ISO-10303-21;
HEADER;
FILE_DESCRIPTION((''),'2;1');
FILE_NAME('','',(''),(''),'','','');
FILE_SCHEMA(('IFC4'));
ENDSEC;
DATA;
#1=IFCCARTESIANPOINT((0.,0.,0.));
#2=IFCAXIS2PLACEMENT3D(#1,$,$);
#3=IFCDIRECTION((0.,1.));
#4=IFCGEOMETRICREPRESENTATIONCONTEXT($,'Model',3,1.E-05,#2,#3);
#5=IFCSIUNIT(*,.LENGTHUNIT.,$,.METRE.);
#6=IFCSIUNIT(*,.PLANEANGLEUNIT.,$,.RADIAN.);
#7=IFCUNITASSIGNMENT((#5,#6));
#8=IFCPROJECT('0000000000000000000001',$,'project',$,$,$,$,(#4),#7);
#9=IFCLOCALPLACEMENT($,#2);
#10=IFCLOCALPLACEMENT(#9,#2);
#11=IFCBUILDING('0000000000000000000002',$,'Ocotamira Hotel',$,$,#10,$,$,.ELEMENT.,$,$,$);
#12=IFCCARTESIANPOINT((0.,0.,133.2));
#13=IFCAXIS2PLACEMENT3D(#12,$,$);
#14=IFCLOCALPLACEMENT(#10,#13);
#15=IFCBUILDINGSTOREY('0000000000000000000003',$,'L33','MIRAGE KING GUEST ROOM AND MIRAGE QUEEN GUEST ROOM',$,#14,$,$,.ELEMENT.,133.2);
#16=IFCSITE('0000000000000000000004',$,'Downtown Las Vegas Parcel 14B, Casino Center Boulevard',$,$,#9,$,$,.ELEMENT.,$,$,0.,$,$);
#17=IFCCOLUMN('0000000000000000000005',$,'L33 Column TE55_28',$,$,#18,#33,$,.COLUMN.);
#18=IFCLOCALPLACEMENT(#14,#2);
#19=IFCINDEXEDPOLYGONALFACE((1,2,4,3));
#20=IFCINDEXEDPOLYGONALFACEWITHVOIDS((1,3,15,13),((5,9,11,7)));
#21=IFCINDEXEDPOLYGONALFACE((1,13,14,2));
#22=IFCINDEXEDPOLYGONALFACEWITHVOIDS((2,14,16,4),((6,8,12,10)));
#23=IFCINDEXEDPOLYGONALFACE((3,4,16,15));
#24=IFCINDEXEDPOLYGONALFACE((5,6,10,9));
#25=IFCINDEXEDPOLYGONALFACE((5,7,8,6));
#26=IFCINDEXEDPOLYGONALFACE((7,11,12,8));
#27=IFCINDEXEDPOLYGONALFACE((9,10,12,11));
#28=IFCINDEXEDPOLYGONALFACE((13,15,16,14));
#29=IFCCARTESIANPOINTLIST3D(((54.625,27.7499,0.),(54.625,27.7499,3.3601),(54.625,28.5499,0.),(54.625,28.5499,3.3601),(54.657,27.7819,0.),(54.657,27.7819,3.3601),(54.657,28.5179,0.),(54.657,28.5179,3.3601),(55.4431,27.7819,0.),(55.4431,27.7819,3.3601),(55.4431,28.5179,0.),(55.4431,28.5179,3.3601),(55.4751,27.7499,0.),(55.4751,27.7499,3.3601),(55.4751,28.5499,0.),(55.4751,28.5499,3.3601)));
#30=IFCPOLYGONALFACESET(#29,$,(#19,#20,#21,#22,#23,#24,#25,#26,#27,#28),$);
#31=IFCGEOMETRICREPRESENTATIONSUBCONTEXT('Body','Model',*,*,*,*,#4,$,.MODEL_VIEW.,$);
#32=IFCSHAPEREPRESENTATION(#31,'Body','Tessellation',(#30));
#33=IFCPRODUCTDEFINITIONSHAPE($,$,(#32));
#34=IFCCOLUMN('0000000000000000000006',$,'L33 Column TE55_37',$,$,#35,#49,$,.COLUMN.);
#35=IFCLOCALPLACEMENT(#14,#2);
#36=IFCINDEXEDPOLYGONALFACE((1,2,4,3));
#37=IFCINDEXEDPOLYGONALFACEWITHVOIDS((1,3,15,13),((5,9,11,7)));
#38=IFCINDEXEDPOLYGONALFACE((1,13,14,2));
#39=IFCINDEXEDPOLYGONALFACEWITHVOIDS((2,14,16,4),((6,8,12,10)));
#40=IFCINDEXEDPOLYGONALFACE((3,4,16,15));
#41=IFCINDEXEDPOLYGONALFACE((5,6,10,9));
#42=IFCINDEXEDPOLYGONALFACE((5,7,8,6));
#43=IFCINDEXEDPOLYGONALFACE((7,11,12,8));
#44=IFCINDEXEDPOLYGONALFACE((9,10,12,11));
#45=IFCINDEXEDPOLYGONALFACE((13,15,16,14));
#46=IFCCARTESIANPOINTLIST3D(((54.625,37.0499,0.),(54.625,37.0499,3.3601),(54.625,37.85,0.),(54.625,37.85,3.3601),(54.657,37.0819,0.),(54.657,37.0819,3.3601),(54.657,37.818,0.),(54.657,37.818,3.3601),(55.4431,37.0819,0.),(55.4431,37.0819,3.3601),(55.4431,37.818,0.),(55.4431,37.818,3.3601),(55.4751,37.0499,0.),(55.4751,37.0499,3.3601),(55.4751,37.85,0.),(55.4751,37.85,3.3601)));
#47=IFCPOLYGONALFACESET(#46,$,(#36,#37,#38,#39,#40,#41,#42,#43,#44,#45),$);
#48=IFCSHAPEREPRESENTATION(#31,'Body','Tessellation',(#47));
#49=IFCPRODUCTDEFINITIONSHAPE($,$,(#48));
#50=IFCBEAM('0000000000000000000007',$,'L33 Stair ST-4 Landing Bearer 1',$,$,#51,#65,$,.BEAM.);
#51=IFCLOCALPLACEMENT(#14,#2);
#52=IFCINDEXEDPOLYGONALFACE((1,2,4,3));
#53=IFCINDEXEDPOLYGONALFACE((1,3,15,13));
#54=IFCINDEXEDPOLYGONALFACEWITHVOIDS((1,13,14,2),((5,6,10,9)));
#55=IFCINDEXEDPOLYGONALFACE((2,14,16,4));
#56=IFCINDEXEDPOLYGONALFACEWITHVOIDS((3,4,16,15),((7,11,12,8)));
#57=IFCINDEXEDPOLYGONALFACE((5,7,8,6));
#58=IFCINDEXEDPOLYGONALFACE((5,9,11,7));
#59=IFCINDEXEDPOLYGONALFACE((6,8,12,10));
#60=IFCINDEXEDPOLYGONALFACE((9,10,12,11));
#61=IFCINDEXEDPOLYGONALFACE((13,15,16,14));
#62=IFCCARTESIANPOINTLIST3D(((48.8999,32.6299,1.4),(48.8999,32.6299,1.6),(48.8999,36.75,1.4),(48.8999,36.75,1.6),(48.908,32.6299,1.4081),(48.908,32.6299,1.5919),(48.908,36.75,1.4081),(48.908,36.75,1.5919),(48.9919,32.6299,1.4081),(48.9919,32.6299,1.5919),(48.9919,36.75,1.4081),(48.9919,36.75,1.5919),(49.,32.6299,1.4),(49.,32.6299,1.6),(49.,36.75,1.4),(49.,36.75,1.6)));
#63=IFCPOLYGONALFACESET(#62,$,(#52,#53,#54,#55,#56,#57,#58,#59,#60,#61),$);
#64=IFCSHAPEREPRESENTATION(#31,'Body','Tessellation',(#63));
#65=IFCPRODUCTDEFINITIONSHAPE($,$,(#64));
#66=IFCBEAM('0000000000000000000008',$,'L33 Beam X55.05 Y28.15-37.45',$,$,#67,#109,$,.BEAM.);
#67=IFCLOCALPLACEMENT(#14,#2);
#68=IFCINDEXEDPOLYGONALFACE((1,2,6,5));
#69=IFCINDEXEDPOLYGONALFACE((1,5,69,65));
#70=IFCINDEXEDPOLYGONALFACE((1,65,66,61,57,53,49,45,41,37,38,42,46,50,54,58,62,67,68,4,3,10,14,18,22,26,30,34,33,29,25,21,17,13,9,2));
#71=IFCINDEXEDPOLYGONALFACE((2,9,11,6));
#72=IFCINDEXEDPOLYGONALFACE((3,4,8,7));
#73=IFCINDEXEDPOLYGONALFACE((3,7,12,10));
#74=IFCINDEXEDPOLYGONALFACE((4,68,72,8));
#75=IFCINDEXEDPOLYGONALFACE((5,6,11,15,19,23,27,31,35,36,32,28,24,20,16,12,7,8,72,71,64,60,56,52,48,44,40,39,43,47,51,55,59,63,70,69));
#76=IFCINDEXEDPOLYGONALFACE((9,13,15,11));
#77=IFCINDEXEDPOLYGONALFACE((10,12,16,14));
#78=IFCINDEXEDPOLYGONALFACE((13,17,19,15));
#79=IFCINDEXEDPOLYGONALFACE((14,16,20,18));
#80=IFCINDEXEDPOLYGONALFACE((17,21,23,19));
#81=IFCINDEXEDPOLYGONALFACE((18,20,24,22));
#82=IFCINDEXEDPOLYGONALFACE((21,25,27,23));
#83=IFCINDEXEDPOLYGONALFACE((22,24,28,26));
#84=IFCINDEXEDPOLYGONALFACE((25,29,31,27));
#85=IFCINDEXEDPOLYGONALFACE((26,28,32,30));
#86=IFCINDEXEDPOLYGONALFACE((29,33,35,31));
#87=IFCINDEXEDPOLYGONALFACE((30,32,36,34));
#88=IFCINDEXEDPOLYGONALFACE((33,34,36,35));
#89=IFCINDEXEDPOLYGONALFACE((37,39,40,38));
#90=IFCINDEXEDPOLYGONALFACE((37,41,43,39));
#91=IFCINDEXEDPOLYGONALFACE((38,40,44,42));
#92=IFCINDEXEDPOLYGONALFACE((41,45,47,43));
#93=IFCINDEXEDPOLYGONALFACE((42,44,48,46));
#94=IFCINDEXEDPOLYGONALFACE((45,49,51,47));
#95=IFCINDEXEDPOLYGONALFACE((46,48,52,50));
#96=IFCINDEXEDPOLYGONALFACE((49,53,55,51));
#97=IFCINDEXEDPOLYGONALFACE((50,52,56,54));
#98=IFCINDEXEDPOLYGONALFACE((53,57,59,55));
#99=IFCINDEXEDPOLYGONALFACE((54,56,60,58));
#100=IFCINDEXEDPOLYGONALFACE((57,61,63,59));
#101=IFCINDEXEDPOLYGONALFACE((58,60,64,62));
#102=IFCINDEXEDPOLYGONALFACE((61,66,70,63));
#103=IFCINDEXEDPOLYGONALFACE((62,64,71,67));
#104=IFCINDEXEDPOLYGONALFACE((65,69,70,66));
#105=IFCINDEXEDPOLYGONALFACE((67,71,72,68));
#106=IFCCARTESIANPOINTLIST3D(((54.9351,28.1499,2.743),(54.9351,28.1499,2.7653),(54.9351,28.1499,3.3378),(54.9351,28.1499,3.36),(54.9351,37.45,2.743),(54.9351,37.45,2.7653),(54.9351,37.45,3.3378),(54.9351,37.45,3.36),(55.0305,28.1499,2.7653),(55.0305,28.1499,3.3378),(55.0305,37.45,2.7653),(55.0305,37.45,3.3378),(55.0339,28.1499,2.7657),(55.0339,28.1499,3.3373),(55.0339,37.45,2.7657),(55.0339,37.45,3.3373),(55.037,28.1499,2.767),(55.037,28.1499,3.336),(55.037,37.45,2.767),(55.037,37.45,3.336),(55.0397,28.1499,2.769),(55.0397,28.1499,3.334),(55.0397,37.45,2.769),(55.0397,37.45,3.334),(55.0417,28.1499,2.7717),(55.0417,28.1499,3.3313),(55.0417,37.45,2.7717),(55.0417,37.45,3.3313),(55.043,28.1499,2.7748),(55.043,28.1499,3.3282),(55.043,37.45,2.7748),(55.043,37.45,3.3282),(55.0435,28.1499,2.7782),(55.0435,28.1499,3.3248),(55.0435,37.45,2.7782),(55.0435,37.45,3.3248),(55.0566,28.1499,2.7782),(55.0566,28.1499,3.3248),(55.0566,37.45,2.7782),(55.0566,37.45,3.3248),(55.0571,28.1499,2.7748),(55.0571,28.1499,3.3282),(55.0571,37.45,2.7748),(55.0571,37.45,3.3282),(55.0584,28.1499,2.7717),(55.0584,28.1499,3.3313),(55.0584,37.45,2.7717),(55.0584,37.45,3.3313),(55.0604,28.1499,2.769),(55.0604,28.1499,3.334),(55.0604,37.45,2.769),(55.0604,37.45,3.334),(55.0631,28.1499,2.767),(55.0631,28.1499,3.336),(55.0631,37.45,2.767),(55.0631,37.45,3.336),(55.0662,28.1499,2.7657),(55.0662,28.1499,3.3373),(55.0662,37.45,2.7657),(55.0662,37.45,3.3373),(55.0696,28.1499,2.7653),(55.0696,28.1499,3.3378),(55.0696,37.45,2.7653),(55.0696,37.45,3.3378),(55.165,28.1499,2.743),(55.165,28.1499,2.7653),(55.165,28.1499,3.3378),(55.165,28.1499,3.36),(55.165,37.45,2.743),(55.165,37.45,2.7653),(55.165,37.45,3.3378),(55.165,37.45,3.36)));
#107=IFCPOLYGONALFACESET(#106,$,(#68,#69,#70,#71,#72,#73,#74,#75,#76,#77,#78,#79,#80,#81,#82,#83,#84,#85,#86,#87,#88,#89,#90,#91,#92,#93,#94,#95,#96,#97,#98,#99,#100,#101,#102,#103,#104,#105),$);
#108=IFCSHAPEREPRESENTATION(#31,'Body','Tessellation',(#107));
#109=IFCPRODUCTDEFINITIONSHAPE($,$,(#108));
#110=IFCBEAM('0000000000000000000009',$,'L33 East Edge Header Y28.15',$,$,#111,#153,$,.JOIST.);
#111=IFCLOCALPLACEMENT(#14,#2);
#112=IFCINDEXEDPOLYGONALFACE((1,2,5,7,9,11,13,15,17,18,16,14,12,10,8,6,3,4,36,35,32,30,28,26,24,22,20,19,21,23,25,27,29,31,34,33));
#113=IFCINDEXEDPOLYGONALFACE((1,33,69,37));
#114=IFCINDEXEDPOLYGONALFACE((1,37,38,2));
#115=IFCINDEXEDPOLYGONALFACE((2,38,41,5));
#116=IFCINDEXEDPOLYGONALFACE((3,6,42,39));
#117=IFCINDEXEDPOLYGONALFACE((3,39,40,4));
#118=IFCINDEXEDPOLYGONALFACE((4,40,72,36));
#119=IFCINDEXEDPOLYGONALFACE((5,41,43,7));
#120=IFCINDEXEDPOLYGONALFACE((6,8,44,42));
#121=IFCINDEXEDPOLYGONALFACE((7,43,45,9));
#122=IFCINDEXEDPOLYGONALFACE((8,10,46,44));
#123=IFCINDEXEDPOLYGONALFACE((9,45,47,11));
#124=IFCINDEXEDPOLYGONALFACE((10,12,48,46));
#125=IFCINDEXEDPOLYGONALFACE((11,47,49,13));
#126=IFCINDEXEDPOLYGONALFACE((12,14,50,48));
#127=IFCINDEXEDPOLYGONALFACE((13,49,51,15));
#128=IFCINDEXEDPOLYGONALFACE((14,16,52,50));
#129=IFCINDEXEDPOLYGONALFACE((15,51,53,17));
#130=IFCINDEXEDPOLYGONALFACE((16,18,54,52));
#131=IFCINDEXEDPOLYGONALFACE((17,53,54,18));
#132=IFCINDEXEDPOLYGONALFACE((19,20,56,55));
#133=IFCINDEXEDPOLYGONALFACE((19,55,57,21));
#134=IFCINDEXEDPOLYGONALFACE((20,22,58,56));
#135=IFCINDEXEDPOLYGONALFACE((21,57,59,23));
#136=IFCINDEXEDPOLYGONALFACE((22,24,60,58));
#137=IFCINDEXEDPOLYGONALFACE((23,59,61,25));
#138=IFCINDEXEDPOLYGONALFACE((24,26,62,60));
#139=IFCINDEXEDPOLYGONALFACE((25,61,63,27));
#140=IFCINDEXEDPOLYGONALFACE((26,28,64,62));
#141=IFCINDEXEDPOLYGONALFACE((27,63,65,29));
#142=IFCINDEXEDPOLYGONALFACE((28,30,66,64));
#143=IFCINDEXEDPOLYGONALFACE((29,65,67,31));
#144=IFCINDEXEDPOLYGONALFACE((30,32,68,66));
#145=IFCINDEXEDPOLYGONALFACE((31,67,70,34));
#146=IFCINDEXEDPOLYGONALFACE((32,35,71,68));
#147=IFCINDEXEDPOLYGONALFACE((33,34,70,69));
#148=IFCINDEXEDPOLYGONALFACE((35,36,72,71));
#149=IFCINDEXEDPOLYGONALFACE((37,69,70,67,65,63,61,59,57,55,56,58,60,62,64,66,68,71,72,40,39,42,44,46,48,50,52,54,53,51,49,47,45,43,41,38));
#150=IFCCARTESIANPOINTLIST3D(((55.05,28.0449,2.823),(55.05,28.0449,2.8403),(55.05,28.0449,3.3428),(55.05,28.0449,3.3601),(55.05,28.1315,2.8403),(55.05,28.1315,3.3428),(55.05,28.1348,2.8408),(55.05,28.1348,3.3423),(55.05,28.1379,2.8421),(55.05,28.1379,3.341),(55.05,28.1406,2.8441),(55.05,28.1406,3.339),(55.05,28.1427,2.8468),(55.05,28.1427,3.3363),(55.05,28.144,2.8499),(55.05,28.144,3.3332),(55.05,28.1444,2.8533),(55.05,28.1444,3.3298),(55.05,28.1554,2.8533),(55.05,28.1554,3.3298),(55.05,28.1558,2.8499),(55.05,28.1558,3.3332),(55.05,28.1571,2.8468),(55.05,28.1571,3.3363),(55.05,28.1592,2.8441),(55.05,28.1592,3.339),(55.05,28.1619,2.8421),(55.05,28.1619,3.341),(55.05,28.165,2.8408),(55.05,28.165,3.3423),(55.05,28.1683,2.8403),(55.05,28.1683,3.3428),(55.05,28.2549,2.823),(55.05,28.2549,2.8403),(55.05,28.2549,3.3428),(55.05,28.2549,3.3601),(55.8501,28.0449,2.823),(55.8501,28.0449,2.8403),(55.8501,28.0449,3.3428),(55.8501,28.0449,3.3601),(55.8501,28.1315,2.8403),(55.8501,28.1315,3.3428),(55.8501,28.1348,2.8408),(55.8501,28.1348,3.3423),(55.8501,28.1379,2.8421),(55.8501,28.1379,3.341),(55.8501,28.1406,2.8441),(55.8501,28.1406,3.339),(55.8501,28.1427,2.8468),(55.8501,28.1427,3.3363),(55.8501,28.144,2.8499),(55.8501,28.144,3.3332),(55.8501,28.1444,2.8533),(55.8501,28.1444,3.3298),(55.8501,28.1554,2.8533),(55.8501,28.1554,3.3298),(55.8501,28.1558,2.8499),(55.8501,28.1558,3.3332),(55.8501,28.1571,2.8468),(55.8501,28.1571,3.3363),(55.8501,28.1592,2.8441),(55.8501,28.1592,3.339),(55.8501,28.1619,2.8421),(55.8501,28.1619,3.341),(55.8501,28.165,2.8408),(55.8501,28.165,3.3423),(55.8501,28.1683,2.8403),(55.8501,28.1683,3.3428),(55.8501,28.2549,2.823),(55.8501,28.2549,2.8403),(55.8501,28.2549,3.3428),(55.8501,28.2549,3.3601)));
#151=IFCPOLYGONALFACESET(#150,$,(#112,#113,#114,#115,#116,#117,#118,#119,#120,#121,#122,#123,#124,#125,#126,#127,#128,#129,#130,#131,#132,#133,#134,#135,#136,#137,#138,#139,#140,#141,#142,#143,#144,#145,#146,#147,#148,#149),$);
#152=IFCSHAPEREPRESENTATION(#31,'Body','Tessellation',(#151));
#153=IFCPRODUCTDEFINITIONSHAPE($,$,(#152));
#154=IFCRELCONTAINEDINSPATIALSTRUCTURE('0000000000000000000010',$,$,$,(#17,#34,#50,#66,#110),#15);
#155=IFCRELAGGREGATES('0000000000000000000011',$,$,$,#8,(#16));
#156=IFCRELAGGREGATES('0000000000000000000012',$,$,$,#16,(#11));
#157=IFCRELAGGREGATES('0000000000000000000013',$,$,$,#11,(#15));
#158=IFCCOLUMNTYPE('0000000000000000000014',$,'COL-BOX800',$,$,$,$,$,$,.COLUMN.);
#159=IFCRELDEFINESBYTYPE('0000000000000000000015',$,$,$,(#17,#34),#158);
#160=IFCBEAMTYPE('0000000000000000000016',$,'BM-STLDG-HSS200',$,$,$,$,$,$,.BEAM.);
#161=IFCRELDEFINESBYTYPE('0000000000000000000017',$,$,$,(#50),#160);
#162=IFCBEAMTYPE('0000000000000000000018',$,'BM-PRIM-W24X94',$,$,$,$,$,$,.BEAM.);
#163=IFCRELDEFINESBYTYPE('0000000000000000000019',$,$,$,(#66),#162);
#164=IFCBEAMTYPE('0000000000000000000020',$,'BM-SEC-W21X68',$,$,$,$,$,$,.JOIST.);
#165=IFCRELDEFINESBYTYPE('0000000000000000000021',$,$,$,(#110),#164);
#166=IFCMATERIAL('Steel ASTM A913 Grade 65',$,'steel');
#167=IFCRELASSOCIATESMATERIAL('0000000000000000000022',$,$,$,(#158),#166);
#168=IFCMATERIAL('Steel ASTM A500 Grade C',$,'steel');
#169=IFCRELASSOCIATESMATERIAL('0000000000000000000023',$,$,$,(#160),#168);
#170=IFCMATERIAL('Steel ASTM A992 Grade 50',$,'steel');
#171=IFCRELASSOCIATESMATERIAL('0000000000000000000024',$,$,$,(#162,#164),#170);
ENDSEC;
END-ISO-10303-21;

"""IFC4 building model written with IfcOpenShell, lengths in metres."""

from ifc_helpers import new_model, si_unit, direction, frame, origin, origin_2d, place, context, subcontext, project, spatial, hollow_rectangle, i_section, extrude, source, transform, mapped, material, material_profile, profile_set, type_object, element, save


model = new_model("IFC4")

# Units and contexts
model_context = context("Model", 3, precision=1e-05, world=origin(), true_north=direction((0.0, 1.0)))
body_context = subcontext(model_context, "Body", "Model", "MODEL_VIEW")
ifc_project = project(units=[si_unit("LENGTHUNIT", "METRE"), si_unit("PLANEANGLEUNIT", "RADIAN")], contexts=[model_context])

# Site, building, storey
site_placement = place(None, origin())
site = spatial("IfcSite", under=ifc_project, at=site_placement, Name="Downtown Las Vegas Parcel 14B, Casino Center Boulevard", CompositionType="ELEMENT", RefElevation=0.0)
building_placement = place(site_placement, origin())
building = spatial("IfcBuilding", under=site, at=building_placement, Name="Ocotamira Hotel", CompositionType="ELEMENT")
storey_placement = place(building_placement, frame((0.0, 0.0, 133.2)))
storey = spatial("IfcBuildingStorey", under=building, at=storey_placement, Name="L33", Description="MIRAGE KING GUEST ROOM AND MIRAGE QUEEN GUEST ROOM", CompositionType="ELEMENT", Elevation=133.2)

# Columns
ifc_material_1 = material(Name="Steel ASTM A913 Grade 65", Category="steel")
ifc_material_profile_1 = material_profile(ifc_material_1, hollow_rectangle(XDim=0.8501, YDim=0.8, WallThickness=0.032, at=origin_2d()), Name="BOX800X850X32")
ifc_profile_set_1 = profile_set([ifc_material_profile_1], Name="Steel ASTM A913 Grade 65")
column_type = type_object("IfcColumnType", Name="COL-BOX800", PredefinedType="COLUMN", material=ifc_profile_set_1)
shared_shape_1 = source(origin(), body_context, "Body", "SweptSolid", [
    extrude(hollow_rectangle(XDim=0.8501, YDim=0.8, WallThickness=0.032, at=origin_2d()), origin(), (0.0, 0.0, 1.0), 3.3601),
])
for number, where, z_axis, x_axis, name in (
    (1, (55.05, 28.1499, 0.0), (0.0, 0.0, 1.0), (1.0, 0.0, 0.0), "L33 Column TE55_28"),
    (2, (55.05, 37.45, 0.0), (0.0, 0.0, 1.0), (1.0, 0.0, 0.0), "L33 Column TE55_37"),
):
    element("IfcColumn", number, at=place(storey_placement, frame(where, z_axis=z_axis, x_axis=x_axis)), inside=storey, type_object=column_type, Name=name, PredefinedType="COLUMN", context=body_context, shape_type="MappedRepresentation", body=[
        mapped(shared_shape_1, transform((0.0, 0.0, 0.0), scale=1.0)),
    ])

# Beams
ifc_material_2 = material(Name="Steel ASTM A500 Grade C", Category="steel")
ifc_material_profile_2 = material_profile(ifc_material_2, hollow_rectangle(XDim=0.1001, YDim=0.2, WallThickness=0.0081, at=origin_2d()), Name="HSS200X100X8")
ifc_profile_set_2 = profile_set([ifc_material_profile_2], Name="Steel ASTM A500 Grade C")
beam_type_1 = type_object("IfcBeamType", Name="BM-STLDG-HSS200", PredefinedType="BEAM", material=ifc_profile_set_2)
shared_shape_2 = source(origin(), body_context, "Body", "SweptSolid", [
    extrude(hollow_rectangle(XDim=0.1001, YDim=0.2, WallThickness=0.0081, at=origin_2d()), origin(), (0.0, 0.0, 1.0), 4.1201),
])
beam_1_placement = place(storey_placement, frame((48.95, 32.6299, 1.5), z_axis=(0.0, 1.0, 0.0), x_axis=(-1.0, 0.0, 0.0)))
element("IfcBeam", 3, at=beam_1_placement, inside=storey, type_object=beam_type_1, Name="L33 Stair ST-4 Landing Bearer 1", PredefinedType="BEAM", context=body_context, shape_type="MappedRepresentation", body=[
    mapped(shared_shape_2, transform((0.0, 0.0, 0.0), scale=1.0)),
])
ifc_material_3 = material(Name="Steel ASTM A992 Grade 50", Category="steel")
ifc_material_profile_3 = material_profile(ifc_material_3, i_section(OverallWidth=0.23, OverallDepth=0.6169, WebThickness=0.0132, FlangeThickness=0.0222, FilletRadius=0.0129, at=origin_2d()), Name="W24X94")
ifc_profile_set_3 = profile_set([ifc_material_profile_3], Name="Steel ASTM A992 Grade 50")
beam_type_2 = type_object("IfcBeamType", Name="BM-PRIM-W24X94", PredefinedType="BEAM", material=ifc_profile_set_3)
shared_shape_3 = source(origin(), body_context, "Body", "SweptSolid", [
    extrude(i_section(OverallWidth=0.23, OverallDepth=0.6169, WebThickness=0.0132, FlangeThickness=0.0222, FilletRadius=0.0129, at=origin_2d()), origin(), (0.0, 0.0, 1.0), 9.3),
])
beam_2_placement = place(storey_placement, frame((55.05, 28.1499, 3.0515), z_axis=(0.0, 1.0, 0.0), x_axis=(-1.0, 0.0, 0.0)))
element("IfcBeam", 4, at=beam_2_placement, inside=storey, type_object=beam_type_2, Name="L33 Beam X55.05 Y28.15-37.45", PredefinedType="BEAM", context=body_context, shape_type="MappedRepresentation", body=[
    mapped(shared_shape_3, transform((0.0, 0.0, 0.0), scale=1.0)),
])
ifc_material_profile_4 = material_profile(ifc_material_3, i_section(OverallWidth=0.21, OverallDepth=0.5371, WebThickness=0.011, FlangeThickness=0.0173, FilletRadius=0.0129, at=origin_2d()), Name="W21X68")
ifc_profile_set_4 = profile_set([ifc_material_profile_4], Name="Steel ASTM A992 Grade 50")
beam_type_3 = type_object("IfcBeamType", Name="BM-SEC-W21X68", PredefinedType="JOIST", material=ifc_profile_set_4)
shared_shape_4 = source(origin(), body_context, "Body", "SweptSolid", [
    extrude(i_section(OverallWidth=0.21, OverallDepth=0.5371, WebThickness=0.011, FlangeThickness=0.0173, FilletRadius=0.0129, at=origin_2d()), origin(), (0.0, 0.0, 1.0), 0.8),
])
for number, where, z_axis, x_axis, name in (
    (5, (55.05, 28.1499, 3.0916), (1.0, 0.0, 0.0), (0.0, 1.0, 0.0), "L33 East Edge Header Y28.15"),
):
    element("IfcBeam", number, at=place(storey_placement, frame(where, z_axis=z_axis, x_axis=x_axis)), inside=storey, type_object=beam_type_3, Name=name, PredefinedType="JOIST", context=body_context, shape_type="MappedRepresentation", body=[
        mapped(shared_shape_4, transform((0.0, 0.0, 0.0), scale=1.0)),
    ])

save(model, "model.ifc")
